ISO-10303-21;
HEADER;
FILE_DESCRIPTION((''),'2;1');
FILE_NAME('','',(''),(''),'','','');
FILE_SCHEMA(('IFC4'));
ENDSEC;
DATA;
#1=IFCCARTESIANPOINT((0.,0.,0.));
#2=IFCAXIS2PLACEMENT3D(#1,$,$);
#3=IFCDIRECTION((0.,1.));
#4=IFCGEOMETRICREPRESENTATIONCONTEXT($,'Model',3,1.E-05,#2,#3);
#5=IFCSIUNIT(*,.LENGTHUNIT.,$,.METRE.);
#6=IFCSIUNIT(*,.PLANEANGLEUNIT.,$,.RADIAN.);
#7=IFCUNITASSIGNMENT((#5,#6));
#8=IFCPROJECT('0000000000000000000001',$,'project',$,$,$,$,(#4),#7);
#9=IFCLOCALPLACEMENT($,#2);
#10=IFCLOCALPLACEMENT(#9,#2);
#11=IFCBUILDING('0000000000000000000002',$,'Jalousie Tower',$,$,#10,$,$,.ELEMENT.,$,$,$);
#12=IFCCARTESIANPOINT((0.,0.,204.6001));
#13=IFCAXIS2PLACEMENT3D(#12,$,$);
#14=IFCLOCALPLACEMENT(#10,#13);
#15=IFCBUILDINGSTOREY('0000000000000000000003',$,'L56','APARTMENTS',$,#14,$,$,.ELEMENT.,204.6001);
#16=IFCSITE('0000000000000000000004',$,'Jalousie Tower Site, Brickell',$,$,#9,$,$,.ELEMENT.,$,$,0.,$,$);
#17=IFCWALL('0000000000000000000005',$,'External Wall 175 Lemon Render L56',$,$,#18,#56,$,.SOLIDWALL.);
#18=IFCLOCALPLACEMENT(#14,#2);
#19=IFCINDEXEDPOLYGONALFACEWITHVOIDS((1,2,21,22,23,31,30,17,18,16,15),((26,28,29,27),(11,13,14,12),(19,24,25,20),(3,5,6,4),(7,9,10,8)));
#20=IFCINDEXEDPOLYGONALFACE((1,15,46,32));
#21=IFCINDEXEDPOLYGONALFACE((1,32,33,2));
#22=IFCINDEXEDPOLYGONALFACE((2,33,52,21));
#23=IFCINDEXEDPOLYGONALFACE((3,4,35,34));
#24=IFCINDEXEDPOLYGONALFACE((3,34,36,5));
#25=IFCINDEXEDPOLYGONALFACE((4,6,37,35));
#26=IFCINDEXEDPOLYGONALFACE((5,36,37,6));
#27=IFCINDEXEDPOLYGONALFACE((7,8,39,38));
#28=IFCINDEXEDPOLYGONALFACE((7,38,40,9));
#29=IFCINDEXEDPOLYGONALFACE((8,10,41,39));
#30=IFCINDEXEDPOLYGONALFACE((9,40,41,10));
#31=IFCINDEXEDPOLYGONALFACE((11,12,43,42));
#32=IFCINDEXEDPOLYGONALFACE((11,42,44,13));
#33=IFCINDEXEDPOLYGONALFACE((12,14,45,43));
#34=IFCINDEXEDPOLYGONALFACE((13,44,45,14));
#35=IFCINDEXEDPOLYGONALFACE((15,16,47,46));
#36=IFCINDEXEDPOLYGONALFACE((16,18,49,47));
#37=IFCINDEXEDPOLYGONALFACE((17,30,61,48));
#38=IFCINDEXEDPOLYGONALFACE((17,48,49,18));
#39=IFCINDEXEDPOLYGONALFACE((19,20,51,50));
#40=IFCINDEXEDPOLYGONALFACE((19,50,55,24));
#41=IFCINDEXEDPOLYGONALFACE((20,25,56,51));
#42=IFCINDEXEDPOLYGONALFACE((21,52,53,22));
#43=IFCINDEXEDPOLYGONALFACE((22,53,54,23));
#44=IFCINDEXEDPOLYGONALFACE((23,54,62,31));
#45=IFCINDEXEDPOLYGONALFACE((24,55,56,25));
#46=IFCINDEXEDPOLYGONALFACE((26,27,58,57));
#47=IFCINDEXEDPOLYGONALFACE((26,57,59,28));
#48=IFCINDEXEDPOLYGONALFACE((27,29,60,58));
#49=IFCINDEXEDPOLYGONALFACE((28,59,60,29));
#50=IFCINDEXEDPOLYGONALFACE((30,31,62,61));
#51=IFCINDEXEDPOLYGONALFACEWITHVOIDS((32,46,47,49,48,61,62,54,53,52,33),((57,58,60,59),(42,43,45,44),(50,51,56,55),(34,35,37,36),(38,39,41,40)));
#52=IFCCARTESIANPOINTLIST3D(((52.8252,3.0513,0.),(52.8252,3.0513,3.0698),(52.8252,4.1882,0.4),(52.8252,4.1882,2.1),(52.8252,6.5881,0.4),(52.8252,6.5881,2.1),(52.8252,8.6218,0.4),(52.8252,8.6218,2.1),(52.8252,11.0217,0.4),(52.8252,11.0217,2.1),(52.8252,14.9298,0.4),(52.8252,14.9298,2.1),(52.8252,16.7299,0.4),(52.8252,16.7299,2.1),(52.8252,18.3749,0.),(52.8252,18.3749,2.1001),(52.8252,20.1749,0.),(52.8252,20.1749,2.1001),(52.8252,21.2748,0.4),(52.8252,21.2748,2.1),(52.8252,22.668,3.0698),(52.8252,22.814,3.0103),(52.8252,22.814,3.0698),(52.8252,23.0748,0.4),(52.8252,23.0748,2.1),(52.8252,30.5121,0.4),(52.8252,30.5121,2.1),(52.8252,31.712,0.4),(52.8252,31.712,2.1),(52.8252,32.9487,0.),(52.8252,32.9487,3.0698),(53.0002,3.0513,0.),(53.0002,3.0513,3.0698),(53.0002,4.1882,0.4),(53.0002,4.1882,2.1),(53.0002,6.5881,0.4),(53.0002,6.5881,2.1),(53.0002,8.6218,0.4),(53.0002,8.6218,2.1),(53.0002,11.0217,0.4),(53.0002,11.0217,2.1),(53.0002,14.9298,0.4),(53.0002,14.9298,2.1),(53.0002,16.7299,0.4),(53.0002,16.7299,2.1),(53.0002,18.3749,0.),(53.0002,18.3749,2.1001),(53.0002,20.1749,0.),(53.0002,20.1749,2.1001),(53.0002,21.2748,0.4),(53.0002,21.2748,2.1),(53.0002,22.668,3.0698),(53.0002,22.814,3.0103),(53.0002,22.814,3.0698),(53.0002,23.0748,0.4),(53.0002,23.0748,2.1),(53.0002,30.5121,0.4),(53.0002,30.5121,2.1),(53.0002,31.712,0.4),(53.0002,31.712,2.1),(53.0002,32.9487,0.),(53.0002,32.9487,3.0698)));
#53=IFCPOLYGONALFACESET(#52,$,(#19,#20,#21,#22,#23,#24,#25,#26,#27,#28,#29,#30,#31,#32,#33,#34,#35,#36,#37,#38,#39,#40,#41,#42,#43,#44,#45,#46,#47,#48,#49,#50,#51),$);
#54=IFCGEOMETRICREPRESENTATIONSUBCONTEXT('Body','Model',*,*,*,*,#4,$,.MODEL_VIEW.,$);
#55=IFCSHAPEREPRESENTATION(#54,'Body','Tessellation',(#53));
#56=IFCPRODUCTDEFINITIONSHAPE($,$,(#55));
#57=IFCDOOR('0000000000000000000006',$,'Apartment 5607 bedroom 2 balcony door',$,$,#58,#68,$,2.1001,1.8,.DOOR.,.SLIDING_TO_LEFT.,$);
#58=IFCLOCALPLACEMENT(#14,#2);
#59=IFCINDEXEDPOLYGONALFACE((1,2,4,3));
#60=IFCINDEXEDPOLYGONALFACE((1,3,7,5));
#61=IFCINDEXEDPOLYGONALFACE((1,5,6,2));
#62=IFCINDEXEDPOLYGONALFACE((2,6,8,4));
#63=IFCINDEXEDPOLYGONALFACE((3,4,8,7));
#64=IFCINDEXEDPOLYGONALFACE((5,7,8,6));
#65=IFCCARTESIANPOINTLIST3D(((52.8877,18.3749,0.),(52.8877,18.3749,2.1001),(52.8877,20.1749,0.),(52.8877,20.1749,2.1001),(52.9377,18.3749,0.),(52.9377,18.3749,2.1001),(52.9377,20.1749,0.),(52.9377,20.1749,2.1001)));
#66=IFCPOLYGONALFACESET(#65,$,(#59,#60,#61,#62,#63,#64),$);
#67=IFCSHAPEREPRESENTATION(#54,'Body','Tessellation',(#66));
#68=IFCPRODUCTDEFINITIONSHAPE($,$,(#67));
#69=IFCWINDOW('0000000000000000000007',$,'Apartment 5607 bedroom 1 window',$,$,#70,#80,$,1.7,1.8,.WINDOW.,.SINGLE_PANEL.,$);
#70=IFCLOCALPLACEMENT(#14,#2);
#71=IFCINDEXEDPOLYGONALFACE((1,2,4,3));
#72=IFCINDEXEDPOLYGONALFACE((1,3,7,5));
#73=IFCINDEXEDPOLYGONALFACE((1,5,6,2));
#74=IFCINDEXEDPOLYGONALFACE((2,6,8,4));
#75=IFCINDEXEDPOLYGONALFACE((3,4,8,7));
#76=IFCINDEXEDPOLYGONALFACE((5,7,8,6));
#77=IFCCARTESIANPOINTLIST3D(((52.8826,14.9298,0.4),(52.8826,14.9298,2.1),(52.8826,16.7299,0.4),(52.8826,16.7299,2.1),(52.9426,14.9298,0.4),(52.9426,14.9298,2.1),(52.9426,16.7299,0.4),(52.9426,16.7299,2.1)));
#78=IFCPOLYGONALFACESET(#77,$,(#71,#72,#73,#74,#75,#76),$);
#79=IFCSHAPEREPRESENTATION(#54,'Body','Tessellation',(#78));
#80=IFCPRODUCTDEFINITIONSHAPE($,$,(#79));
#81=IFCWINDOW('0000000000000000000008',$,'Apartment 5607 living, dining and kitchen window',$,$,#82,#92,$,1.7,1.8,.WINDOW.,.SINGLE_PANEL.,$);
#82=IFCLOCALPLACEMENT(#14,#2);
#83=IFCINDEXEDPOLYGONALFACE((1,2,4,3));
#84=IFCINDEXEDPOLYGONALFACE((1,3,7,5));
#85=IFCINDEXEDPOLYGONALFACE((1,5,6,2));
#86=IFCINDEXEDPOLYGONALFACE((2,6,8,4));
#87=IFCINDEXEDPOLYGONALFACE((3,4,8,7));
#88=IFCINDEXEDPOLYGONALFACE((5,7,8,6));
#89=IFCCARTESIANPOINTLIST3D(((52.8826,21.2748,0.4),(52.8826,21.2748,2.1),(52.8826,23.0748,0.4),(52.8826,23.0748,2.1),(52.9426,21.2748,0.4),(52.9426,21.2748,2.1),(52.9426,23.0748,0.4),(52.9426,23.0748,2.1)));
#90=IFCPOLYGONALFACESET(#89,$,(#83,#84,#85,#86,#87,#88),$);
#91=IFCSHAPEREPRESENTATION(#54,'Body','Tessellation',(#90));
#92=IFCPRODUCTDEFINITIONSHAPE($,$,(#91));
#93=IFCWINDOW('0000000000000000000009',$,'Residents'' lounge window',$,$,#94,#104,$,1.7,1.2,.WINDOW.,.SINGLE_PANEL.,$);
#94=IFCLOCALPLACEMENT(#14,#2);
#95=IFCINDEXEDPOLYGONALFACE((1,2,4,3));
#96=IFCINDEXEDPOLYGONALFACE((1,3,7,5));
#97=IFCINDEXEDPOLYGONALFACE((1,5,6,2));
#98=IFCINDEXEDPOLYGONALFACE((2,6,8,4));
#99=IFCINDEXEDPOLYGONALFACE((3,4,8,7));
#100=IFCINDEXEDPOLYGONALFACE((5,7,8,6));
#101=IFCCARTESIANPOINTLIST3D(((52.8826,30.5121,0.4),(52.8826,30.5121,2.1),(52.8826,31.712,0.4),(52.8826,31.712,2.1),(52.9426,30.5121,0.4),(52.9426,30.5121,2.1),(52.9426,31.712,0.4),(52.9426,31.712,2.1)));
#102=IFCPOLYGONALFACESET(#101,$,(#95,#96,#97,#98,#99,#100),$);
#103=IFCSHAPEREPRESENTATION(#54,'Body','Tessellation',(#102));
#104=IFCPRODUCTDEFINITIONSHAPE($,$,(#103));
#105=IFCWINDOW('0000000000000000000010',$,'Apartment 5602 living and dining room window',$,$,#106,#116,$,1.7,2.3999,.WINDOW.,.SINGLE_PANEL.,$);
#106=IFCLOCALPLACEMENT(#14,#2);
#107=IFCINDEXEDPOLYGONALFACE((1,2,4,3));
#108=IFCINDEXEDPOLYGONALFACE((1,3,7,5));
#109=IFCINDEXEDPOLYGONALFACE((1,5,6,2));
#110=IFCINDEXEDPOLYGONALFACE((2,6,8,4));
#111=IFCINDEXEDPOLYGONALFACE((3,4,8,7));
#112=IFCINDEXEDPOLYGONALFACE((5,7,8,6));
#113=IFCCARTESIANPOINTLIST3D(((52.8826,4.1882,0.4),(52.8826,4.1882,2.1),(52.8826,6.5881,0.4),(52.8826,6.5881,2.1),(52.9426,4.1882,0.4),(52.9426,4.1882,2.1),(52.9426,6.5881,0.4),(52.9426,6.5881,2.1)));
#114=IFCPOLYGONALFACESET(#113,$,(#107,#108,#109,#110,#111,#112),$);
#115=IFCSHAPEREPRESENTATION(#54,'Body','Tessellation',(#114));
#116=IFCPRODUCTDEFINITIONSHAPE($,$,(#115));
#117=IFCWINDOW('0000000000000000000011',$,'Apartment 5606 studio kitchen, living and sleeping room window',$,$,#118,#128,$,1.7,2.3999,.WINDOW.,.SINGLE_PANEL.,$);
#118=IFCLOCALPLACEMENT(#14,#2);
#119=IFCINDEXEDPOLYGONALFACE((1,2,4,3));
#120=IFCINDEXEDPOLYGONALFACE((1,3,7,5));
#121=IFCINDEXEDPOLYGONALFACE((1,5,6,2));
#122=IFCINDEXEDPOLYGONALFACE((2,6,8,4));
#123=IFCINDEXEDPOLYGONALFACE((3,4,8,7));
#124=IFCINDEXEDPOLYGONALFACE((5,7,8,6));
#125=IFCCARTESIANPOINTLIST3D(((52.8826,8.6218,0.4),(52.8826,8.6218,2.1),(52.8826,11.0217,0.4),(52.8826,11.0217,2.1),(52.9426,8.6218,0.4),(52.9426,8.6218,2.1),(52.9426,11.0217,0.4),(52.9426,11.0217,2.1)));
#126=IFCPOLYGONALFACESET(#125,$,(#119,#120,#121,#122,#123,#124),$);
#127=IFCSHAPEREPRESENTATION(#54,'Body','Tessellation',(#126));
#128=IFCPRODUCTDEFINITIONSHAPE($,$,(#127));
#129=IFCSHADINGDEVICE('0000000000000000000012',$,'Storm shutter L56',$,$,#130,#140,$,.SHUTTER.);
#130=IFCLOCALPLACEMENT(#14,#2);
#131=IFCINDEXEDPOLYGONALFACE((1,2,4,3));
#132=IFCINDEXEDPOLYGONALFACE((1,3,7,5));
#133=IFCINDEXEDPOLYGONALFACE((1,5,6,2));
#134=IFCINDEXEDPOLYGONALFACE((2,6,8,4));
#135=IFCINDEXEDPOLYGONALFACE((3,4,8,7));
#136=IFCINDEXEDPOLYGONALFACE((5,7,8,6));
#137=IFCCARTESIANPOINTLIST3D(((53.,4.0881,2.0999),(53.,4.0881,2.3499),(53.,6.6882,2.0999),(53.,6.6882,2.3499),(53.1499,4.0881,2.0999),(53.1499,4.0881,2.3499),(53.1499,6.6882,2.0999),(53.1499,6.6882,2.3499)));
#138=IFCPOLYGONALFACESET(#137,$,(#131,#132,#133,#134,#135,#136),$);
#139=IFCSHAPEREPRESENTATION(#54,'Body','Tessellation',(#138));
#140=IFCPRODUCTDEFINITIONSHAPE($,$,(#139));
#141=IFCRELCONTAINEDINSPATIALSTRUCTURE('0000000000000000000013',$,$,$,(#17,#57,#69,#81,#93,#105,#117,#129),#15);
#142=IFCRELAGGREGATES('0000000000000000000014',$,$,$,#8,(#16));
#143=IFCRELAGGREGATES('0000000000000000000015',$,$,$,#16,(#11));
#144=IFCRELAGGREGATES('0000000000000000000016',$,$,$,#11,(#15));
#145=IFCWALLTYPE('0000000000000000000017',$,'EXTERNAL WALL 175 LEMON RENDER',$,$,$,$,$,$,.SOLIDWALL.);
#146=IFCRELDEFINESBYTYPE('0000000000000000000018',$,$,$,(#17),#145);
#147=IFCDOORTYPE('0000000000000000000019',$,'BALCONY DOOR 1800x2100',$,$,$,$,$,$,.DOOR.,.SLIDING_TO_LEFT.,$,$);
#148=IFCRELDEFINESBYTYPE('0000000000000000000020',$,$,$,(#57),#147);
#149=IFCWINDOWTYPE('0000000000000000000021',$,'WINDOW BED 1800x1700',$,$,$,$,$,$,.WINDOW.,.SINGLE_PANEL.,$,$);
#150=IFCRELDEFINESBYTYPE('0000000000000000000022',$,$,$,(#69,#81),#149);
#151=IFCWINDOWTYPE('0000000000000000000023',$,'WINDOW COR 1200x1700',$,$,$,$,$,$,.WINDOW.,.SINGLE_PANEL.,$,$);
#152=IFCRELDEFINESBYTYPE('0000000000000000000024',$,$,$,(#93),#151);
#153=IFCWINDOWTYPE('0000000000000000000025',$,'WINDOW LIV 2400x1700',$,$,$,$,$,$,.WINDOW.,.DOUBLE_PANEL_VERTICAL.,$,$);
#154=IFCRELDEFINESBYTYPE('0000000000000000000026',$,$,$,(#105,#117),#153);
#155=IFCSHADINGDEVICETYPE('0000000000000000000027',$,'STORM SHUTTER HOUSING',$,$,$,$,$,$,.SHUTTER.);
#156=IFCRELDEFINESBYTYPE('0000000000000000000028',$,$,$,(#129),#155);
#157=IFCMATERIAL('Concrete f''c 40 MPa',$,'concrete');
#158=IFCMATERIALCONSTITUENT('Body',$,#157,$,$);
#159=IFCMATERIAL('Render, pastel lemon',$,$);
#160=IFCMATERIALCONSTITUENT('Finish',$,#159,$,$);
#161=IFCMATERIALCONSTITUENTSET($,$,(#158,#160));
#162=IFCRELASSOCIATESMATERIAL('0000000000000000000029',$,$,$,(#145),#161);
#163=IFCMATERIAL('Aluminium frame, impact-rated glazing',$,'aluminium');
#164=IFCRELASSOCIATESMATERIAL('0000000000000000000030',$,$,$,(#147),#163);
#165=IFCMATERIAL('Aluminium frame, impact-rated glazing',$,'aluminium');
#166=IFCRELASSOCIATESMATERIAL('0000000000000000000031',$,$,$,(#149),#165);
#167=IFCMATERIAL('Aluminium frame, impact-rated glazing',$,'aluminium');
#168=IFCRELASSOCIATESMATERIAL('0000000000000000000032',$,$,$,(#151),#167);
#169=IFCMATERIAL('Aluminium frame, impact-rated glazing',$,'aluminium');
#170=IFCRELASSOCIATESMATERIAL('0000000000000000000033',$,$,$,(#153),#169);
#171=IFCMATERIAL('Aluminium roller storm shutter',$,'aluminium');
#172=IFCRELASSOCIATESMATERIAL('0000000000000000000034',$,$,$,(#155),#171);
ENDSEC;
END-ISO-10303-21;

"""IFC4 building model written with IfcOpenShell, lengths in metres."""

from ifc_helpers import new_model, si_unit, direction, frame, frame_2d, origin, origin_2d, place, context, subcontext, project, spatial, polyline, rectangle, outline, extrude, material, constituent, constituent_set, type_object, element, fill, save


model = new_model("IFC4")

# Units and contexts
model_context = context("Model", 3, precision=1e-05, world=origin(), true_north=direction((0.0, 1.0)))
body_context = subcontext(model_context, "Body", "Model", "MODEL_VIEW")
ifc_project = project(units=[si_unit("LENGTHUNIT", "METRE"), si_unit("PLANEANGLEUNIT", "RADIAN")], contexts=[model_context])

# Site, building, storey
site_placement = place(None, origin())
site = spatial("IfcSite", under=ifc_project, at=site_placement, Name="Jalousie Tower Site, Brickell", CompositionType="ELEMENT", RefElevation=0.0)
building_placement = place(site_placement, origin())
building = spatial("IfcBuilding", under=site, at=building_placement, Name="Jalousie Tower", CompositionType="ELEMENT")
storey_placement = place(building_placement, frame((0.0, 0.0, 204.6001)))
storey = spatial("IfcBuildingStorey", under=building, at=storey_placement, Name="L56", Description="APARTMENTS", CompositionType="ELEMENT", Elevation=204.6001)

# Wall, openings, door, windows
ifc_material_1 = material(Name="Concrete f'c 40 MPa", Category="concrete")
ifc_constituent_1 = constituent(ifc_material_1, Name="Body")
ifc_material_2 = material(Name="Render, pastel lemon")
ifc_constituent_2 = constituent(ifc_material_2, Name="Finish")
ifc_constituent_set = constituent_set(constituents=[ifc_constituent_1, ifc_constituent_2])
wall_type = type_object("IfcWallType", Name="EXTERNAL WALL 175 LEMON RENDER", PredefinedType="SOLIDWALL", material=ifc_constituent_set)
wall_placement = place(storey_placement, frame((52.9126, 3.0513, 0.0), z_axis=(0.0, 0.0, 1.0), x_axis=(0.0, 1.0, 0.0)))
wall = element("IfcWall", 1, at=wall_placement, inside=storey, type_object=wall_type, Name="External Wall 175 Lemon Render L56", PredefinedType="SOLIDWALL", context=body_context, shape_type="SweptSolid", body=[
    extrude(outline(polyline([(0.0, 0.0), (29.8975, 0.0), (29.8975, 3.0698), (19.7627, 3.0698), (19.7627, 3.0103), (19.6167, 3.0698), (0.0, 3.0698), (0.0, 0.0)])), frame((0.0, 0.0874, 0.0), z_axis=(0.0, -1.0, 0.0), x_axis=(1.0, 0.0, 0.0)), (0.0, 0.0, 1.0), 0.175),
])
opening_1_placement = place(wall_placement, frame((1.137, 0.0, 0.3999)))
opening_1 = element("IfcOpeningElement", 2, at=opening_1_placement, cuts=wall, PredefinedType="OPENING", context=body_context, shape_type="SweptSolid", body=[
    extrude(rectangle(XDim=2.3999, YDim=1.7, at=frame_2d((1.2, 0.8501))), frame((0.0, 0.0974, 0.0), z_axis=(0.0, -1.0, 0.0), x_axis=(1.0, 0.0, 0.0)), (0.0, 0.0, 1.0), 0.1951),
])
opening_2_placement = place(wall_placement, frame((5.5706, 0.0, 0.3999)))
opening_2 = element("IfcOpeningElement", 3, at=opening_2_placement, cuts=wall, PredefinedType="OPENING", context=body_context, shape_type="SweptSolid", body=[
    extrude(rectangle(XDim=2.3999, YDim=1.7, at=frame_2d((1.2, 0.8501))), frame((0.0, 0.0974, 0.0), z_axis=(0.0, -1.0, 0.0), x_axis=(1.0, 0.0, 0.0)), (0.0, 0.0, 1.0), 0.1951),
])
opening_3_placement = place(wall_placement, frame((11.8787, 0.0, 0.3999)))
opening_3 = element("IfcOpeningElement", 4, at=opening_3_placement, cuts=wall, PredefinedType="OPENING", context=body_context, shape_type="SweptSolid", body=[
    extrude(rectangle(XDim=1.8, YDim=1.7, at=frame_2d((0.8999, 0.8501))), frame((0.0, 0.0974, 0.0), z_axis=(0.0, -1.0, 0.0), x_axis=(1.0, 0.0, 0.0)), (0.0, 0.0, 1.0), 0.1951),
])
opening_4_placement = place(wall_placement, frame((15.3237, 0.0, 0.0)))
opening_4 = element("IfcOpeningElement", 5, at=opening_4_placement, cuts=wall, PredefinedType="OPENING", context=body_context, shape_type="SweptSolid", body=[
    extrude(rectangle(XDim=1.8, YDim=2.1001, at=frame_2d((0.8999, 1.05))), frame((0.0, 0.0974, 0.0), z_axis=(0.0, -1.0, 0.0), x_axis=(1.0, 0.0, 0.0)), (0.0, 0.0, 1.0), 0.1951),
])
opening_5_placement = place(wall_placement, frame((18.2236, 0.0, 0.3999)))
opening_5 = element("IfcOpeningElement", 6, at=opening_5_placement, cuts=wall, PredefinedType="OPENING", context=body_context, shape_type="SweptSolid", body=[
    extrude(rectangle(XDim=1.8, YDim=1.7, at=frame_2d((0.8999, 0.8501))), frame((0.0, 0.0974, 0.0), z_axis=(0.0, -1.0, 0.0), x_axis=(1.0, 0.0, 0.0)), (0.0, 0.0, 1.0), 0.1951),
])
opening_6_placement = place(wall_placement, frame((27.4607, 0.0, 0.3999)))
opening_6 = element("IfcOpeningElement", 7, at=opening_6_placement, cuts=wall, PredefinedType="OPENING", context=body_context, shape_type="SweptSolid", body=[
    extrude(rectangle(XDim=1.2, YDim=1.7, at=frame_2d((0.6001, 0.8501))), frame((0.0, 0.0974, 0.0), z_axis=(0.0, -1.0, 0.0), x_axis=(1.0, 0.0, 0.0)), (0.0, 0.0, 1.0), 0.1951),
])
ifc_material_3 = material(Name="Aluminium frame, impact-rated glazing", Category="aluminium")
door_type = type_object("IfcDoorType", Name="BALCONY DOOR 1800x2100", OperationType="SLIDING_TO_LEFT", PredefinedType="DOOR", material=ifc_material_3)
door_placement = place(opening_4_placement, origin())
door = element("IfcDoor", 8, at=door_placement, inside=storey, type_object=door_type, Name="Apartment 5607 bedroom 2 balcony door", OperationType="SLIDING_TO_LEFT", OverallHeight=2.1001, OverallWidth=1.8, PredefinedType="DOOR", context=body_context, shape_type="SweptSolid", body=[
    extrude(rectangle(XDim=1.8, YDim=2.1001, at=frame_2d((0.8999, 1.05))), frame((0.0, 0.0249, 0.0), z_axis=(0.0, -1.0, 0.0), x_axis=(1.0, 0.0, 0.0)), (0.0, 0.0, 1.0), 0.05),
])
fill(opening_4, door)
ifc_material_4 = material(Name="Aluminium frame, impact-rated glazing", Category="aluminium")
window_type_1 = type_object("IfcWindowType", Name="WINDOW BED 1800x1700", PartitioningType="SINGLE_PANEL", PredefinedType="WINDOW", material=ifc_material_4)
window_1_placement = place(opening_3_placement, origin())
window_1 = element("IfcWindow", 9, at=window_1_placement, inside=storey, type_object=window_type_1, Name="Apartment 5607 bedroom 1 window", OverallHeight=1.7, OverallWidth=1.8, PartitioningType="SINGLE_PANEL", PredefinedType="WINDOW", context=body_context, shape_type="SweptSolid", body=[
    extrude(rectangle(XDim=1.8, YDim=1.7, at=frame_2d((0.8999, 0.8501))), frame((0.0, 0.03, 0.0), z_axis=(0.0, -1.0, 0.0), x_axis=(1.0, 0.0, 0.0)), (0.0, 0.0, 1.0), 0.0601),
])
fill(opening_3, window_1)
window_2_placement = place(opening_5_placement, origin())
window_2 = element("IfcWindow", 10, at=window_2_placement, inside=storey, type_object=window_type_1, Name="Apartment 5607 living, dining and kitchen window", OverallHeight=1.7, OverallWidth=1.8, PartitioningType="SINGLE_PANEL", PredefinedType="WINDOW", context=body_context, shape_type="SweptSolid", body=[
    extrude(rectangle(XDim=1.8, YDim=1.7, at=frame_2d((0.8999, 0.8501))), frame((0.0, 0.03, 0.0), z_axis=(0.0, -1.0, 0.0), x_axis=(1.0, 0.0, 0.0)), (0.0, 0.0, 1.0), 0.0601),
])
fill(opening_5, window_2)
ifc_material_5 = material(Name="Aluminium frame, impact-rated glazing", Category="aluminium")
window_type_2 = type_object("IfcWindowType", Name="WINDOW COR 1200x1700", PartitioningType="SINGLE_PANEL", PredefinedType="WINDOW", material=ifc_material_5)
window_3_placement = place(opening_6_placement, origin())
window_3 = element("IfcWindow", 11, at=window_3_placement, inside=storey, type_object=window_type_2, Name="Residents' lounge window", OverallHeight=1.7, OverallWidth=1.2, PartitioningType="SINGLE_PANEL", PredefinedType="WINDOW", context=body_context, shape_type="SweptSolid", body=[
    extrude(rectangle(XDim=1.2, YDim=1.7, at=frame_2d((0.6001, 0.8501))), frame((0.0, 0.03, 0.0), z_axis=(0.0, -1.0, 0.0), x_axis=(1.0, 0.0, 0.0)), (0.0, 0.0, 1.0), 0.0601),
])
fill(opening_6, window_3)
ifc_material_6 = material(Name="Aluminium frame, impact-rated glazing", Category="aluminium")
window_type_3 = type_object("IfcWindowType", Name="WINDOW LIV 2400x1700", PartitioningType="DOUBLE_PANEL_VERTICAL", PredefinedType="WINDOW", material=ifc_material_6)
window_4_placement = place(opening_1_placement, origin())
window_4 = element("IfcWindow", 12, at=window_4_placement, inside=storey, type_object=window_type_3, Name="Apartment 5602 living and dining room window", OverallHeight=1.7, OverallWidth=2.3999, PartitioningType="SINGLE_PANEL", PredefinedType="WINDOW", context=body_context, shape_type="SweptSolid", body=[
    extrude(rectangle(XDim=2.3999, YDim=1.7, at=frame_2d((1.2, 0.8501))), frame((0.0, 0.03, 0.0), z_axis=(0.0, -1.0, 0.0), x_axis=(1.0, 0.0, 0.0)), (0.0, 0.0, 1.0), 0.0601),
])
fill(opening_1, window_4)
window_5_placement = place(opening_2_placement, origin())
window_5 = element("IfcWindow", 13, at=window_5_placement, inside=storey, type_object=window_type_3, Name="Apartment 5606 studio kitchen, living and sleeping room window", OverallHeight=1.7, OverallWidth=2.3999, PartitioningType="SINGLE_PANEL", PredefinedType="WINDOW", context=body_context, shape_type="SweptSolid", body=[
    extrude(rectangle(XDim=2.3999, YDim=1.7, at=frame_2d((1.2, 0.8501))), frame((0.0, 0.03, 0.0), z_axis=(0.0, -1.0, 0.0), x_axis=(1.0, 0.0, 0.0)), (0.0, 0.0, 1.0), 0.0601),
])
fill(opening_2, window_5)

# Shading device
ifc_material_7 = material(Name="Aluminium roller storm shutter", Category="aluminium")
shading_device_type = type_object("IfcShadingDeviceType", Name="STORM SHUTTER HOUSING", PredefinedType="SHUTTER", material=ifc_material_7)
shading_device_placement = place(storey_placement, frame((53.075, 5.3882, 2.0999), z_axis=(0.0, 0.0, 1.0), x_axis=(0.0, 1.0, 0.0)))
element("IfcShadingDevice", 14, at=shading_device_placement, inside=storey, type_object=shading_device_type, Name="Storm shutter L56", PredefinedType="SHUTTER", context=body_context, shape_type="SweptSolid", body=[
    extrude(rectangle(XDim=2.6001, YDim=0.1499, at=origin_2d()), origin(), (0.0, 0.0, 1.0), 0.25),
])

save(model, "model.ifc")
